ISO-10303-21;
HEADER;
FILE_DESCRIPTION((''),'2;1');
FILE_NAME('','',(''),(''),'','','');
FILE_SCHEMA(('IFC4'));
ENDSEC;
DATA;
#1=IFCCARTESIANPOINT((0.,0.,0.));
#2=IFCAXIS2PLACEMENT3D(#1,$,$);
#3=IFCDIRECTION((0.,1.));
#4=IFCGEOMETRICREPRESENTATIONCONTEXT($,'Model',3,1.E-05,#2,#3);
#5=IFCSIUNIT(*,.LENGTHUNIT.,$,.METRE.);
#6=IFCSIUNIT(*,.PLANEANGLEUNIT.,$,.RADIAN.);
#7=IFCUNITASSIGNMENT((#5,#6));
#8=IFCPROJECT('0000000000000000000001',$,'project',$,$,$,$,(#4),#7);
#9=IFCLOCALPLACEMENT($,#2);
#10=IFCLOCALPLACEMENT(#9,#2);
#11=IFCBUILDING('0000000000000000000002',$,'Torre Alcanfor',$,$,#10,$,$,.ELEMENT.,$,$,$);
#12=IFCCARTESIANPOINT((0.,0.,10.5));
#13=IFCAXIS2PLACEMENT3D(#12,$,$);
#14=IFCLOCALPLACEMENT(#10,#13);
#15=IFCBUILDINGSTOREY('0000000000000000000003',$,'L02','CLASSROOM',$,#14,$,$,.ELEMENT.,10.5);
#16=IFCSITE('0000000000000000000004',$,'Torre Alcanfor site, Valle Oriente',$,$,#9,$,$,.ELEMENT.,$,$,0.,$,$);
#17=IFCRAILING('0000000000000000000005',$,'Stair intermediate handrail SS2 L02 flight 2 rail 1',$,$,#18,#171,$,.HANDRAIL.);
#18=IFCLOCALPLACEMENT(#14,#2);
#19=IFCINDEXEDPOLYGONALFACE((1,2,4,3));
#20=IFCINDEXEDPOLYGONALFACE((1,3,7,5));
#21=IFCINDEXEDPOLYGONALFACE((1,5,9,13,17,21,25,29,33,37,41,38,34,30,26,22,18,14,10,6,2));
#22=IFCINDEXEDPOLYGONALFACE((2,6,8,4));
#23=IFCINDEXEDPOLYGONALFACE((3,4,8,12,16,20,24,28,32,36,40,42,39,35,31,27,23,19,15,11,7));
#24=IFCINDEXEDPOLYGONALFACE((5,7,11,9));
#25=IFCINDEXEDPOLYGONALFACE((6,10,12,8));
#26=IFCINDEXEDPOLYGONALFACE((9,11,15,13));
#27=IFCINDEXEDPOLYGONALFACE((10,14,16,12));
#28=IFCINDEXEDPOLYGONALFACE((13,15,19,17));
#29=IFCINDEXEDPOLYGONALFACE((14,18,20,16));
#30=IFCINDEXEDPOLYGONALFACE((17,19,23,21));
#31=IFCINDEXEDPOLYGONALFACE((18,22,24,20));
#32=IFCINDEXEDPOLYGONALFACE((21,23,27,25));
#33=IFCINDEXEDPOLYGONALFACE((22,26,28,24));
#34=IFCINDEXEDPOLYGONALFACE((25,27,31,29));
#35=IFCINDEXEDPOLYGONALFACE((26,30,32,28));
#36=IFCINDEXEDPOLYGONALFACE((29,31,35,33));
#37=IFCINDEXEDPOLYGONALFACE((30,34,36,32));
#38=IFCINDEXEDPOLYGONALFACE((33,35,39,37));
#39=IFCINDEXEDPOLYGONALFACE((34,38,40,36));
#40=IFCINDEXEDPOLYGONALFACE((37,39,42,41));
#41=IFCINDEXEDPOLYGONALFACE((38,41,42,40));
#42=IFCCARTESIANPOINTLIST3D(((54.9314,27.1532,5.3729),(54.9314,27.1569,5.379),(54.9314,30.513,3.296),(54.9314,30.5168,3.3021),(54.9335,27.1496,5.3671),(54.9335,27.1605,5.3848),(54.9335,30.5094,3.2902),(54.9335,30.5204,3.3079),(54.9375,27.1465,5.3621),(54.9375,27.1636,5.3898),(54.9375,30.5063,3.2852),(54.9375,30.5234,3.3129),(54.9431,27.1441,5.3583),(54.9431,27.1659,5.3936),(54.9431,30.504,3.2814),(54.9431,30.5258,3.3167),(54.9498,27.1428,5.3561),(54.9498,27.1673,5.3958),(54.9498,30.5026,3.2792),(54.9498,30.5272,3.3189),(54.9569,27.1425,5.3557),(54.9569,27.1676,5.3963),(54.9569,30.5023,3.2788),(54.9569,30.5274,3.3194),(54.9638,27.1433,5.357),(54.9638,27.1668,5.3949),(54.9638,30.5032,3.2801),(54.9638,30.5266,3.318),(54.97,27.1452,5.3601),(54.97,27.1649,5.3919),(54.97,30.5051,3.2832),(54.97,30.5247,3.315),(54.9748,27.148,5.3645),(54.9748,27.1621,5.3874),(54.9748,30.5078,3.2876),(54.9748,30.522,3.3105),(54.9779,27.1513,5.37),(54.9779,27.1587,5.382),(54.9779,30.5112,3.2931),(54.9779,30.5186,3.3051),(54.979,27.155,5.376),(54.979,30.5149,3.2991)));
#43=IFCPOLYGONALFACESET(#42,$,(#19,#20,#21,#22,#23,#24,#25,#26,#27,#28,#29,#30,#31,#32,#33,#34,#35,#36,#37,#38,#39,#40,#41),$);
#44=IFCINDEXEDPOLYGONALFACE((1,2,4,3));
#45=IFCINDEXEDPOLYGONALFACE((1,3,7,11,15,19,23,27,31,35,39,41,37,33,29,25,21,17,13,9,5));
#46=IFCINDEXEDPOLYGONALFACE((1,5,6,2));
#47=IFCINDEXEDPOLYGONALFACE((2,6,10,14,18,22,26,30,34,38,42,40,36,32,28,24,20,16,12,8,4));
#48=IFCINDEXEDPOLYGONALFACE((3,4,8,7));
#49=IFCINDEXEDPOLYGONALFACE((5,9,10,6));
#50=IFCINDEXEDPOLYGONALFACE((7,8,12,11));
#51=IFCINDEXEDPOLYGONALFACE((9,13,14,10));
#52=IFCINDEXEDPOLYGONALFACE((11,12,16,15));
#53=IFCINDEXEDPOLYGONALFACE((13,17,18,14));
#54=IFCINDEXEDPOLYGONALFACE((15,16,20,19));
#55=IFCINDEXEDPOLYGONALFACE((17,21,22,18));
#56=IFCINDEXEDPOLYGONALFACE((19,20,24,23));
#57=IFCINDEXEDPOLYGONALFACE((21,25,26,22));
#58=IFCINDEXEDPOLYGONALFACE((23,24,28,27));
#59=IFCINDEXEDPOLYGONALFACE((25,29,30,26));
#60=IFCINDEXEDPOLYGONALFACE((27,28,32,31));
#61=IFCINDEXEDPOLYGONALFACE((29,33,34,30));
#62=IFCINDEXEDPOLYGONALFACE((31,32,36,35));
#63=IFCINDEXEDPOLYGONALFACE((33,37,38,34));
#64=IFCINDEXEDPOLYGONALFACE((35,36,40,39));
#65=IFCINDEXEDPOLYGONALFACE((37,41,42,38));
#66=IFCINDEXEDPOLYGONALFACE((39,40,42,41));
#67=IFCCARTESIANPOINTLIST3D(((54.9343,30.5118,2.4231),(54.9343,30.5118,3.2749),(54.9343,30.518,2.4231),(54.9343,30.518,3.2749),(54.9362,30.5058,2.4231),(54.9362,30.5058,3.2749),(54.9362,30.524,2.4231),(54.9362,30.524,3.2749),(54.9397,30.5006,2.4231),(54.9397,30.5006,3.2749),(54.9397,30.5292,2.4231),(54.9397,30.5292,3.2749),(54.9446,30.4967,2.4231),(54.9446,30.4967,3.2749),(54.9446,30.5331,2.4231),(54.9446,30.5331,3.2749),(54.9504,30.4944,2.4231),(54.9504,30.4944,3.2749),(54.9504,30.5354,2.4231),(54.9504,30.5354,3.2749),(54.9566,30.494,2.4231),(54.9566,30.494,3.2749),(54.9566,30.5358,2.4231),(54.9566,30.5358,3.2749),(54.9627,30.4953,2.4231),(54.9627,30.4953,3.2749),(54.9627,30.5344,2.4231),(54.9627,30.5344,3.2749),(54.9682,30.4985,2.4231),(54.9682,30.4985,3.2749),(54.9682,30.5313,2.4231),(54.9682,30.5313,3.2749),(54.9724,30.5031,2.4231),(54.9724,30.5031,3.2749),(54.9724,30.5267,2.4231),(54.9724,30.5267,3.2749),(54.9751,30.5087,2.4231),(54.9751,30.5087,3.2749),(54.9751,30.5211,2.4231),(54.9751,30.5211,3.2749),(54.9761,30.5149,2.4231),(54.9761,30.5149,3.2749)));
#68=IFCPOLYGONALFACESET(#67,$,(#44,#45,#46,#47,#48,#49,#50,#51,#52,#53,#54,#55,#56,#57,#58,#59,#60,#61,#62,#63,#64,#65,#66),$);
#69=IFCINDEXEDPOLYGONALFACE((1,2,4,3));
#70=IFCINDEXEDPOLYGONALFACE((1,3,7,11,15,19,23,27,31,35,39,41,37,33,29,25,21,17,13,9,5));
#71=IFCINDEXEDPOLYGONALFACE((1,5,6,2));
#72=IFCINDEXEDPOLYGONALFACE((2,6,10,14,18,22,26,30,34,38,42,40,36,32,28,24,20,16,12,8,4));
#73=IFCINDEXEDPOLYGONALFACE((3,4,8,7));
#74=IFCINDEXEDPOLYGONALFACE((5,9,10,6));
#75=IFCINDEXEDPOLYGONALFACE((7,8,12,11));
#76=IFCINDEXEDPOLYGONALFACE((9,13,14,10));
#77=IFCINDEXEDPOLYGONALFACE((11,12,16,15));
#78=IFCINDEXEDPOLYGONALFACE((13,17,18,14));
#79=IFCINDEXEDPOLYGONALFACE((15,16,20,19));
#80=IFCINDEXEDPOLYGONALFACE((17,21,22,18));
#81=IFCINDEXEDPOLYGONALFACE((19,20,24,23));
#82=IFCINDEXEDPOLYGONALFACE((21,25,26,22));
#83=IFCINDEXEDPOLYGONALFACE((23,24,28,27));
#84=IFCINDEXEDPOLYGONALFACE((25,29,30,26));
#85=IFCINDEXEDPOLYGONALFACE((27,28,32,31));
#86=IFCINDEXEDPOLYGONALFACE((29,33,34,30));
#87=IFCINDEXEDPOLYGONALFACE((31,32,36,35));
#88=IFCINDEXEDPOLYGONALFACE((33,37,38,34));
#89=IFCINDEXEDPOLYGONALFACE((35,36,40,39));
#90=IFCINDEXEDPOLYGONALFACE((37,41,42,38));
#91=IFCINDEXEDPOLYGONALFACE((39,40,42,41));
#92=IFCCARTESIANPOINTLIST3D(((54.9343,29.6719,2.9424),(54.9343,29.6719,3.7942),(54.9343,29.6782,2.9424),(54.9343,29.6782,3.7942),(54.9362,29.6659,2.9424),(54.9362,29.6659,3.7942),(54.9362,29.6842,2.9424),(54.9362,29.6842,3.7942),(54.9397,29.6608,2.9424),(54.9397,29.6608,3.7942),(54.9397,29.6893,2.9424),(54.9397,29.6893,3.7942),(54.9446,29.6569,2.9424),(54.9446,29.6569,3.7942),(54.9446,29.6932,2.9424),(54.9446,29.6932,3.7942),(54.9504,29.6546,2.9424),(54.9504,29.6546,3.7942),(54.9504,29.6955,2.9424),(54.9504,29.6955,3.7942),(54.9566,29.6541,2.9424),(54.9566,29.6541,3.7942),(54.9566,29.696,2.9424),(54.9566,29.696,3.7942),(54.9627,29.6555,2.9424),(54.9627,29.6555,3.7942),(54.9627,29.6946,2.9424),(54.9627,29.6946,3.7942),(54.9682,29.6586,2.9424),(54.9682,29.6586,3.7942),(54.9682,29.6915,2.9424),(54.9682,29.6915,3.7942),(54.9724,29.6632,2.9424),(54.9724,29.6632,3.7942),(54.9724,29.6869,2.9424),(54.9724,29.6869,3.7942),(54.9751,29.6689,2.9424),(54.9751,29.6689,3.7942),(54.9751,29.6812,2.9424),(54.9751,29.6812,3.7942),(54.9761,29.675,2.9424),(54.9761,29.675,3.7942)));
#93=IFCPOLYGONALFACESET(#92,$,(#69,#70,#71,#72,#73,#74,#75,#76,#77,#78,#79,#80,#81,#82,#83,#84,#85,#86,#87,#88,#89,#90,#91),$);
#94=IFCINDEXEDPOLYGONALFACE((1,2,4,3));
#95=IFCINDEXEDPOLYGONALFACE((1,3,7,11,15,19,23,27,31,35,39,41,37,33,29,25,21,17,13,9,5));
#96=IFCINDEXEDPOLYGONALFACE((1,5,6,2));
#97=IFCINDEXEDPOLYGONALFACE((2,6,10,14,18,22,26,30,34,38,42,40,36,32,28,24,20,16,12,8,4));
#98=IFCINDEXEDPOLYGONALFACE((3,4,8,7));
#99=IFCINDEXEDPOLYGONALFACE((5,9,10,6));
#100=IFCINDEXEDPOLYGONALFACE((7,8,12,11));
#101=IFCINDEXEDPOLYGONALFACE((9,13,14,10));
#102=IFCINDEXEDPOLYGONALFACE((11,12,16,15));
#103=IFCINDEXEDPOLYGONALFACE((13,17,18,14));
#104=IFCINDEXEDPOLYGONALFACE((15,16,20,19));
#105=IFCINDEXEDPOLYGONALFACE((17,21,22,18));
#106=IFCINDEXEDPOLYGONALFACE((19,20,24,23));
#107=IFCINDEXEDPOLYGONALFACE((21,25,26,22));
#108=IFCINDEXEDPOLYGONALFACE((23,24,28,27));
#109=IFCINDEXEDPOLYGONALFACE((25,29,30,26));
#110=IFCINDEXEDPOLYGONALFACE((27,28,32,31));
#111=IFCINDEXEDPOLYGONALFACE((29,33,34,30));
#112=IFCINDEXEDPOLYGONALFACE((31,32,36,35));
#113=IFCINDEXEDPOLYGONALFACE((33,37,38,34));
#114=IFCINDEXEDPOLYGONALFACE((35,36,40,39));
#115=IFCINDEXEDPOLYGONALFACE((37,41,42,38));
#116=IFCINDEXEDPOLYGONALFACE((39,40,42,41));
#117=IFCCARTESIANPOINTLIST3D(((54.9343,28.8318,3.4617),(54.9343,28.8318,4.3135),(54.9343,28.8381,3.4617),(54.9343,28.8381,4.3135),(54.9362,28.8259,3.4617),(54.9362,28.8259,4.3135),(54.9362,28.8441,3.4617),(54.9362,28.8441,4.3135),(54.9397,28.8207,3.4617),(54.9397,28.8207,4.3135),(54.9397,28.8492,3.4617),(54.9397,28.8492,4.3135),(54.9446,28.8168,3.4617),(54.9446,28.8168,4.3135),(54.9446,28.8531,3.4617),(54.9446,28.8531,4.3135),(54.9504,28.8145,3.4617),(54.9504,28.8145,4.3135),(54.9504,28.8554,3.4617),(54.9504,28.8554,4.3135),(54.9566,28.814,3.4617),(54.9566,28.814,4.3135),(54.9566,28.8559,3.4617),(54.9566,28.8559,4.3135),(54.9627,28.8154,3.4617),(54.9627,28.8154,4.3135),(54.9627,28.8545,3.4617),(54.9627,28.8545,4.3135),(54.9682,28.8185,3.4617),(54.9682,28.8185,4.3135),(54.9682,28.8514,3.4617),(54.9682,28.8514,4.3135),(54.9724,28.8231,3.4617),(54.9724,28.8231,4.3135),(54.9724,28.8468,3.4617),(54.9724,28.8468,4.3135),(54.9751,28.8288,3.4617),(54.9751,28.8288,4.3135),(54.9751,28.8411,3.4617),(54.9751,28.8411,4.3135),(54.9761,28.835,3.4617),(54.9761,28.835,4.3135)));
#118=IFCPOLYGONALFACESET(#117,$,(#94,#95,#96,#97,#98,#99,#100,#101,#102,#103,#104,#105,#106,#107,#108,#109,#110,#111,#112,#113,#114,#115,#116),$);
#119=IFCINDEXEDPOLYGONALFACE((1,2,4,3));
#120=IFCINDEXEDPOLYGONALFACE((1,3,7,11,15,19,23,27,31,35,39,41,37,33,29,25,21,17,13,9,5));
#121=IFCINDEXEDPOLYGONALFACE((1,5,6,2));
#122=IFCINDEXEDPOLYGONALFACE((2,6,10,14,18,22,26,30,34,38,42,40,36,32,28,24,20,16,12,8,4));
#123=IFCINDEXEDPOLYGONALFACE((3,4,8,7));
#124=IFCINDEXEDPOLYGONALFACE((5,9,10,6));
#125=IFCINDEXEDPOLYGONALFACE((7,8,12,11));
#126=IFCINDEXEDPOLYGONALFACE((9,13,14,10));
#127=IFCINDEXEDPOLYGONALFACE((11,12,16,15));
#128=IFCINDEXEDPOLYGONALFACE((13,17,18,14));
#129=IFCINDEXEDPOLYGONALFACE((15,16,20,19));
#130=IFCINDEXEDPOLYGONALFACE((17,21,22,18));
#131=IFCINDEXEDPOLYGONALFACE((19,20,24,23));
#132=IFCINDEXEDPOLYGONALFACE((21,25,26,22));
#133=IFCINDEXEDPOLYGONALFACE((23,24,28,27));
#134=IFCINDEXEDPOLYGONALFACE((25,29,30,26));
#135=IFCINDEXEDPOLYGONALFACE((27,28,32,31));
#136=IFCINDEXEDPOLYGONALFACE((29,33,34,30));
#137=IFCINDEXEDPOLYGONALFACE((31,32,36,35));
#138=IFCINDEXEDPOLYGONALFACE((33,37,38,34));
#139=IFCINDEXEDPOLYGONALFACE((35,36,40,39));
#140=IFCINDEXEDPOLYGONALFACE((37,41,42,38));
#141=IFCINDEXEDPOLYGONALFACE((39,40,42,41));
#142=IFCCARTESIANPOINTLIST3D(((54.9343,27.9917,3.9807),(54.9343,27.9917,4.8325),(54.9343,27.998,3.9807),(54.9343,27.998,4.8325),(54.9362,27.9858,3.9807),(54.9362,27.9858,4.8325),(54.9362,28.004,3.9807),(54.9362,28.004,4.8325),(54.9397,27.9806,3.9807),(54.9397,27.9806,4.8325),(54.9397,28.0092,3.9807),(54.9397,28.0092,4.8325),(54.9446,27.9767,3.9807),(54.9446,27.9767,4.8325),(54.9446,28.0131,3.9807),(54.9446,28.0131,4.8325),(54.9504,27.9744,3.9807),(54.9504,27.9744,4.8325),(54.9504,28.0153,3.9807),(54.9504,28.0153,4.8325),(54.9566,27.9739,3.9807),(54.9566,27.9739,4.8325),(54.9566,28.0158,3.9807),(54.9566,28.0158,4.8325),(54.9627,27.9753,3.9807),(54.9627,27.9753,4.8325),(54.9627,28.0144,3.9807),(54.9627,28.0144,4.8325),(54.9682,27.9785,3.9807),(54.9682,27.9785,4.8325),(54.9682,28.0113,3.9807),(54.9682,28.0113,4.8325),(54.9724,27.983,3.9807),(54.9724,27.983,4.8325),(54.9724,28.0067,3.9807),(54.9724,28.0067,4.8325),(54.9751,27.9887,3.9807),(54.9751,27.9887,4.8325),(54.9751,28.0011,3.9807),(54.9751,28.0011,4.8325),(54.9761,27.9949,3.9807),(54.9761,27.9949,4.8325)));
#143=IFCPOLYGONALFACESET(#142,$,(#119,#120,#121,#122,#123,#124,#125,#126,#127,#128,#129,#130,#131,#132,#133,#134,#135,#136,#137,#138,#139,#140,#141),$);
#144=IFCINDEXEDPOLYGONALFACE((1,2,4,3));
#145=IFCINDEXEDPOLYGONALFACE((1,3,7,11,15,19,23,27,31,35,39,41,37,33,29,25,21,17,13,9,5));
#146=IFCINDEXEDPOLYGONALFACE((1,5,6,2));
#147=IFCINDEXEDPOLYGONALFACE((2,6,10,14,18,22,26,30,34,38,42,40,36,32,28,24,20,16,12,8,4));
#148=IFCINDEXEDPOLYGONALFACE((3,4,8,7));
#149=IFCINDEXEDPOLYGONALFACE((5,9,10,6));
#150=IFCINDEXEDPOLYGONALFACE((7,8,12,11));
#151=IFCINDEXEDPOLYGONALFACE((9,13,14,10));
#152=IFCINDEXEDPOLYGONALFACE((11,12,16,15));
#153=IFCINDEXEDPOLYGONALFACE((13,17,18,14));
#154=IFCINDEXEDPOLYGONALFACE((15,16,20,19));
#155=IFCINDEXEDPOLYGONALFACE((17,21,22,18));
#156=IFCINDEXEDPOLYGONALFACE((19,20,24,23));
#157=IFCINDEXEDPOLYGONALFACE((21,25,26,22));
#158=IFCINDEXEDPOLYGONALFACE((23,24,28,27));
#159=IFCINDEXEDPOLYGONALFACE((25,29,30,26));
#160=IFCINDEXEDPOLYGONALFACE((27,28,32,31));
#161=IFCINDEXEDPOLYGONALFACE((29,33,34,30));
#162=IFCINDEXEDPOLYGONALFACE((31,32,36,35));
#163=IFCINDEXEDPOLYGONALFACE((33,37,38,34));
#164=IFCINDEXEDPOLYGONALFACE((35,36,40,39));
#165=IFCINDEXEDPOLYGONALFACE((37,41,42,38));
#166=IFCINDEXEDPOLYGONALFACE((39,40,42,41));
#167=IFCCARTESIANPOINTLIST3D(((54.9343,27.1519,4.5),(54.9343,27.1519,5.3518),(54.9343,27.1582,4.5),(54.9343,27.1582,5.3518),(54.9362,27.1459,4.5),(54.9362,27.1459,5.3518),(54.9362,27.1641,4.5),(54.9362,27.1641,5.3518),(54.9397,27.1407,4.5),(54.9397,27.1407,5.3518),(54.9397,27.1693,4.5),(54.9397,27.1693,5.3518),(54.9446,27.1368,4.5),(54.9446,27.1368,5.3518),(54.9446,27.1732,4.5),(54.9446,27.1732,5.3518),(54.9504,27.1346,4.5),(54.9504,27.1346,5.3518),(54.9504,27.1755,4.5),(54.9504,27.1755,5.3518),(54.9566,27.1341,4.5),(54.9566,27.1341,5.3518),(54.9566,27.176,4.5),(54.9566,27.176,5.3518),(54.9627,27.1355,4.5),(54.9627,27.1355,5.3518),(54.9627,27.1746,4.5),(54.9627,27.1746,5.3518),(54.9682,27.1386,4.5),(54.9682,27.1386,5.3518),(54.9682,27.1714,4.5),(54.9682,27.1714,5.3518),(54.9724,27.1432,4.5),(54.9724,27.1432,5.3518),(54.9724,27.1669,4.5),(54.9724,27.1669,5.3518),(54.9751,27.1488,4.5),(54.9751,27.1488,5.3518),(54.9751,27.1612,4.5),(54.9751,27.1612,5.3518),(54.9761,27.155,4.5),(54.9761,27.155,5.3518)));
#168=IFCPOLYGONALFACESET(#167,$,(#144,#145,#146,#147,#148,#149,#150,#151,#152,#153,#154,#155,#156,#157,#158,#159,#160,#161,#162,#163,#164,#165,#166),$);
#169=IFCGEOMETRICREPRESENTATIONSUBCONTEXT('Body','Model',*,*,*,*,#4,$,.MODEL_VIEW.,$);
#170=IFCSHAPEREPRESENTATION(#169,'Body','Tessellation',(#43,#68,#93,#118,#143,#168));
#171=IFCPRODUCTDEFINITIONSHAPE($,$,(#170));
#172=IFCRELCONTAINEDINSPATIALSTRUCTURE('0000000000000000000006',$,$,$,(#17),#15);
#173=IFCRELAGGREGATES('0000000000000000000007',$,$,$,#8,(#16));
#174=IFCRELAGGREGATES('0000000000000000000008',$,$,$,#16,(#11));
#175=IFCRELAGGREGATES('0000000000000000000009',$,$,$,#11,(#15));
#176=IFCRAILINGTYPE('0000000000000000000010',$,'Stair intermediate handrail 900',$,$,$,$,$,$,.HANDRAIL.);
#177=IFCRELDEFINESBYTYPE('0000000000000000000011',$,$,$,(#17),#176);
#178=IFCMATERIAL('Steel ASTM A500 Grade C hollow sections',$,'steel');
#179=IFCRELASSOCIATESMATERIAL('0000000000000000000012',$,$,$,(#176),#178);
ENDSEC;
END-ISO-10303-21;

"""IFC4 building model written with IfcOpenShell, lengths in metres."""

from ifc_helpers import new_model, si_unit, direction, frame, origin, origin_2d, place, context, subcontext, project, spatial, circle, extrude, material, type_object, element, save


model = new_model("IFC4")

# Units and contexts
model_context = context("Model", 3, precision=1e-05, world=origin(), true_north=direction((0.0, 1.0)))
body_context = subcontext(model_context, "Body", "Model", "MODEL_VIEW")
ifc_project = project(units=[si_unit("LENGTHUNIT", "METRE"), si_unit("PLANEANGLEUNIT", "RADIAN")], contexts=[model_context])

# Site, building, storey
site_placement = place(None, origin())
site = spatial("IfcSite", under=ifc_project, at=site_placement, Name="Torre Alcanfor site, Valle Oriente", CompositionType="ELEMENT", RefElevation=0.0)
building_placement = place(site_placement, origin())
building = spatial("IfcBuilding", under=site, at=building_placement, Name="Torre Alcanfor", CompositionType="ELEMENT")
storey_placement = place(building_placement, frame((0.0, 0.0, 10.5)))
storey = spatial("IfcBuildingStorey", under=building, at=storey_placement, Name="L02", Description="CLASSROOM", CompositionType="ELEMENT", Elevation=10.5)

# Railing
ifc_material_1 = material(Name="Steel ASTM A500 Grade C hollow sections", Category="steel")
railing_type_1 = type_object("IfcRailingType", Name="Stair intermediate handrail 900", PredefinedType="HANDRAIL", material=ifc_material_1)
railing_1_placement = place(storey_placement, frame((54.9551, 30.5149, 2.4231)))
element("IfcRailing", 1, at=railing_1_placement, inside=storey, type_object=railing_type_1, Name="Stair intermediate handrail SS2 L02 flight 2 rail 1", PredefinedType="HANDRAIL", context=body_context, shape_type="SweptSolid", body=[
    extrude(circle(Radius=0.0239, at=origin_2d()), frame((0.0, 0.0, 0.876), z_axis=(0.0, -0.850606, 0.525803), x_axis=(1.0, 0.0, 0.0)), (0.0, 0.0, 1.0), 3.95),
    extrude(circle(Radius=0.021, at=origin_2d()), origin(), (0.0, 0.0, 1.0), 0.8518),
    extrude(circle(Radius=0.021, at=origin_2d()), frame((0.0, -0.8398, 0.5193)), (0.0, 0.0, 1.0), 0.8518),
    extrude(circle(Radius=0.021, at=origin_2d()), frame((0.0, -1.6799, 1.0386)), (0.0, 0.0, 1.0), 0.8518),
    extrude(circle(Radius=0.021, at=origin_2d()), frame((0.0, -2.52, 1.5576)), (0.0, 0.0, 1.0), 0.8518),
    extrude(circle(Radius=0.021, at=origin_2d()), frame((0.0, -3.3599, 2.0769)), (0.0, 0.0, 1.0), 0.8518),
])

save(model, "model.ifc")
